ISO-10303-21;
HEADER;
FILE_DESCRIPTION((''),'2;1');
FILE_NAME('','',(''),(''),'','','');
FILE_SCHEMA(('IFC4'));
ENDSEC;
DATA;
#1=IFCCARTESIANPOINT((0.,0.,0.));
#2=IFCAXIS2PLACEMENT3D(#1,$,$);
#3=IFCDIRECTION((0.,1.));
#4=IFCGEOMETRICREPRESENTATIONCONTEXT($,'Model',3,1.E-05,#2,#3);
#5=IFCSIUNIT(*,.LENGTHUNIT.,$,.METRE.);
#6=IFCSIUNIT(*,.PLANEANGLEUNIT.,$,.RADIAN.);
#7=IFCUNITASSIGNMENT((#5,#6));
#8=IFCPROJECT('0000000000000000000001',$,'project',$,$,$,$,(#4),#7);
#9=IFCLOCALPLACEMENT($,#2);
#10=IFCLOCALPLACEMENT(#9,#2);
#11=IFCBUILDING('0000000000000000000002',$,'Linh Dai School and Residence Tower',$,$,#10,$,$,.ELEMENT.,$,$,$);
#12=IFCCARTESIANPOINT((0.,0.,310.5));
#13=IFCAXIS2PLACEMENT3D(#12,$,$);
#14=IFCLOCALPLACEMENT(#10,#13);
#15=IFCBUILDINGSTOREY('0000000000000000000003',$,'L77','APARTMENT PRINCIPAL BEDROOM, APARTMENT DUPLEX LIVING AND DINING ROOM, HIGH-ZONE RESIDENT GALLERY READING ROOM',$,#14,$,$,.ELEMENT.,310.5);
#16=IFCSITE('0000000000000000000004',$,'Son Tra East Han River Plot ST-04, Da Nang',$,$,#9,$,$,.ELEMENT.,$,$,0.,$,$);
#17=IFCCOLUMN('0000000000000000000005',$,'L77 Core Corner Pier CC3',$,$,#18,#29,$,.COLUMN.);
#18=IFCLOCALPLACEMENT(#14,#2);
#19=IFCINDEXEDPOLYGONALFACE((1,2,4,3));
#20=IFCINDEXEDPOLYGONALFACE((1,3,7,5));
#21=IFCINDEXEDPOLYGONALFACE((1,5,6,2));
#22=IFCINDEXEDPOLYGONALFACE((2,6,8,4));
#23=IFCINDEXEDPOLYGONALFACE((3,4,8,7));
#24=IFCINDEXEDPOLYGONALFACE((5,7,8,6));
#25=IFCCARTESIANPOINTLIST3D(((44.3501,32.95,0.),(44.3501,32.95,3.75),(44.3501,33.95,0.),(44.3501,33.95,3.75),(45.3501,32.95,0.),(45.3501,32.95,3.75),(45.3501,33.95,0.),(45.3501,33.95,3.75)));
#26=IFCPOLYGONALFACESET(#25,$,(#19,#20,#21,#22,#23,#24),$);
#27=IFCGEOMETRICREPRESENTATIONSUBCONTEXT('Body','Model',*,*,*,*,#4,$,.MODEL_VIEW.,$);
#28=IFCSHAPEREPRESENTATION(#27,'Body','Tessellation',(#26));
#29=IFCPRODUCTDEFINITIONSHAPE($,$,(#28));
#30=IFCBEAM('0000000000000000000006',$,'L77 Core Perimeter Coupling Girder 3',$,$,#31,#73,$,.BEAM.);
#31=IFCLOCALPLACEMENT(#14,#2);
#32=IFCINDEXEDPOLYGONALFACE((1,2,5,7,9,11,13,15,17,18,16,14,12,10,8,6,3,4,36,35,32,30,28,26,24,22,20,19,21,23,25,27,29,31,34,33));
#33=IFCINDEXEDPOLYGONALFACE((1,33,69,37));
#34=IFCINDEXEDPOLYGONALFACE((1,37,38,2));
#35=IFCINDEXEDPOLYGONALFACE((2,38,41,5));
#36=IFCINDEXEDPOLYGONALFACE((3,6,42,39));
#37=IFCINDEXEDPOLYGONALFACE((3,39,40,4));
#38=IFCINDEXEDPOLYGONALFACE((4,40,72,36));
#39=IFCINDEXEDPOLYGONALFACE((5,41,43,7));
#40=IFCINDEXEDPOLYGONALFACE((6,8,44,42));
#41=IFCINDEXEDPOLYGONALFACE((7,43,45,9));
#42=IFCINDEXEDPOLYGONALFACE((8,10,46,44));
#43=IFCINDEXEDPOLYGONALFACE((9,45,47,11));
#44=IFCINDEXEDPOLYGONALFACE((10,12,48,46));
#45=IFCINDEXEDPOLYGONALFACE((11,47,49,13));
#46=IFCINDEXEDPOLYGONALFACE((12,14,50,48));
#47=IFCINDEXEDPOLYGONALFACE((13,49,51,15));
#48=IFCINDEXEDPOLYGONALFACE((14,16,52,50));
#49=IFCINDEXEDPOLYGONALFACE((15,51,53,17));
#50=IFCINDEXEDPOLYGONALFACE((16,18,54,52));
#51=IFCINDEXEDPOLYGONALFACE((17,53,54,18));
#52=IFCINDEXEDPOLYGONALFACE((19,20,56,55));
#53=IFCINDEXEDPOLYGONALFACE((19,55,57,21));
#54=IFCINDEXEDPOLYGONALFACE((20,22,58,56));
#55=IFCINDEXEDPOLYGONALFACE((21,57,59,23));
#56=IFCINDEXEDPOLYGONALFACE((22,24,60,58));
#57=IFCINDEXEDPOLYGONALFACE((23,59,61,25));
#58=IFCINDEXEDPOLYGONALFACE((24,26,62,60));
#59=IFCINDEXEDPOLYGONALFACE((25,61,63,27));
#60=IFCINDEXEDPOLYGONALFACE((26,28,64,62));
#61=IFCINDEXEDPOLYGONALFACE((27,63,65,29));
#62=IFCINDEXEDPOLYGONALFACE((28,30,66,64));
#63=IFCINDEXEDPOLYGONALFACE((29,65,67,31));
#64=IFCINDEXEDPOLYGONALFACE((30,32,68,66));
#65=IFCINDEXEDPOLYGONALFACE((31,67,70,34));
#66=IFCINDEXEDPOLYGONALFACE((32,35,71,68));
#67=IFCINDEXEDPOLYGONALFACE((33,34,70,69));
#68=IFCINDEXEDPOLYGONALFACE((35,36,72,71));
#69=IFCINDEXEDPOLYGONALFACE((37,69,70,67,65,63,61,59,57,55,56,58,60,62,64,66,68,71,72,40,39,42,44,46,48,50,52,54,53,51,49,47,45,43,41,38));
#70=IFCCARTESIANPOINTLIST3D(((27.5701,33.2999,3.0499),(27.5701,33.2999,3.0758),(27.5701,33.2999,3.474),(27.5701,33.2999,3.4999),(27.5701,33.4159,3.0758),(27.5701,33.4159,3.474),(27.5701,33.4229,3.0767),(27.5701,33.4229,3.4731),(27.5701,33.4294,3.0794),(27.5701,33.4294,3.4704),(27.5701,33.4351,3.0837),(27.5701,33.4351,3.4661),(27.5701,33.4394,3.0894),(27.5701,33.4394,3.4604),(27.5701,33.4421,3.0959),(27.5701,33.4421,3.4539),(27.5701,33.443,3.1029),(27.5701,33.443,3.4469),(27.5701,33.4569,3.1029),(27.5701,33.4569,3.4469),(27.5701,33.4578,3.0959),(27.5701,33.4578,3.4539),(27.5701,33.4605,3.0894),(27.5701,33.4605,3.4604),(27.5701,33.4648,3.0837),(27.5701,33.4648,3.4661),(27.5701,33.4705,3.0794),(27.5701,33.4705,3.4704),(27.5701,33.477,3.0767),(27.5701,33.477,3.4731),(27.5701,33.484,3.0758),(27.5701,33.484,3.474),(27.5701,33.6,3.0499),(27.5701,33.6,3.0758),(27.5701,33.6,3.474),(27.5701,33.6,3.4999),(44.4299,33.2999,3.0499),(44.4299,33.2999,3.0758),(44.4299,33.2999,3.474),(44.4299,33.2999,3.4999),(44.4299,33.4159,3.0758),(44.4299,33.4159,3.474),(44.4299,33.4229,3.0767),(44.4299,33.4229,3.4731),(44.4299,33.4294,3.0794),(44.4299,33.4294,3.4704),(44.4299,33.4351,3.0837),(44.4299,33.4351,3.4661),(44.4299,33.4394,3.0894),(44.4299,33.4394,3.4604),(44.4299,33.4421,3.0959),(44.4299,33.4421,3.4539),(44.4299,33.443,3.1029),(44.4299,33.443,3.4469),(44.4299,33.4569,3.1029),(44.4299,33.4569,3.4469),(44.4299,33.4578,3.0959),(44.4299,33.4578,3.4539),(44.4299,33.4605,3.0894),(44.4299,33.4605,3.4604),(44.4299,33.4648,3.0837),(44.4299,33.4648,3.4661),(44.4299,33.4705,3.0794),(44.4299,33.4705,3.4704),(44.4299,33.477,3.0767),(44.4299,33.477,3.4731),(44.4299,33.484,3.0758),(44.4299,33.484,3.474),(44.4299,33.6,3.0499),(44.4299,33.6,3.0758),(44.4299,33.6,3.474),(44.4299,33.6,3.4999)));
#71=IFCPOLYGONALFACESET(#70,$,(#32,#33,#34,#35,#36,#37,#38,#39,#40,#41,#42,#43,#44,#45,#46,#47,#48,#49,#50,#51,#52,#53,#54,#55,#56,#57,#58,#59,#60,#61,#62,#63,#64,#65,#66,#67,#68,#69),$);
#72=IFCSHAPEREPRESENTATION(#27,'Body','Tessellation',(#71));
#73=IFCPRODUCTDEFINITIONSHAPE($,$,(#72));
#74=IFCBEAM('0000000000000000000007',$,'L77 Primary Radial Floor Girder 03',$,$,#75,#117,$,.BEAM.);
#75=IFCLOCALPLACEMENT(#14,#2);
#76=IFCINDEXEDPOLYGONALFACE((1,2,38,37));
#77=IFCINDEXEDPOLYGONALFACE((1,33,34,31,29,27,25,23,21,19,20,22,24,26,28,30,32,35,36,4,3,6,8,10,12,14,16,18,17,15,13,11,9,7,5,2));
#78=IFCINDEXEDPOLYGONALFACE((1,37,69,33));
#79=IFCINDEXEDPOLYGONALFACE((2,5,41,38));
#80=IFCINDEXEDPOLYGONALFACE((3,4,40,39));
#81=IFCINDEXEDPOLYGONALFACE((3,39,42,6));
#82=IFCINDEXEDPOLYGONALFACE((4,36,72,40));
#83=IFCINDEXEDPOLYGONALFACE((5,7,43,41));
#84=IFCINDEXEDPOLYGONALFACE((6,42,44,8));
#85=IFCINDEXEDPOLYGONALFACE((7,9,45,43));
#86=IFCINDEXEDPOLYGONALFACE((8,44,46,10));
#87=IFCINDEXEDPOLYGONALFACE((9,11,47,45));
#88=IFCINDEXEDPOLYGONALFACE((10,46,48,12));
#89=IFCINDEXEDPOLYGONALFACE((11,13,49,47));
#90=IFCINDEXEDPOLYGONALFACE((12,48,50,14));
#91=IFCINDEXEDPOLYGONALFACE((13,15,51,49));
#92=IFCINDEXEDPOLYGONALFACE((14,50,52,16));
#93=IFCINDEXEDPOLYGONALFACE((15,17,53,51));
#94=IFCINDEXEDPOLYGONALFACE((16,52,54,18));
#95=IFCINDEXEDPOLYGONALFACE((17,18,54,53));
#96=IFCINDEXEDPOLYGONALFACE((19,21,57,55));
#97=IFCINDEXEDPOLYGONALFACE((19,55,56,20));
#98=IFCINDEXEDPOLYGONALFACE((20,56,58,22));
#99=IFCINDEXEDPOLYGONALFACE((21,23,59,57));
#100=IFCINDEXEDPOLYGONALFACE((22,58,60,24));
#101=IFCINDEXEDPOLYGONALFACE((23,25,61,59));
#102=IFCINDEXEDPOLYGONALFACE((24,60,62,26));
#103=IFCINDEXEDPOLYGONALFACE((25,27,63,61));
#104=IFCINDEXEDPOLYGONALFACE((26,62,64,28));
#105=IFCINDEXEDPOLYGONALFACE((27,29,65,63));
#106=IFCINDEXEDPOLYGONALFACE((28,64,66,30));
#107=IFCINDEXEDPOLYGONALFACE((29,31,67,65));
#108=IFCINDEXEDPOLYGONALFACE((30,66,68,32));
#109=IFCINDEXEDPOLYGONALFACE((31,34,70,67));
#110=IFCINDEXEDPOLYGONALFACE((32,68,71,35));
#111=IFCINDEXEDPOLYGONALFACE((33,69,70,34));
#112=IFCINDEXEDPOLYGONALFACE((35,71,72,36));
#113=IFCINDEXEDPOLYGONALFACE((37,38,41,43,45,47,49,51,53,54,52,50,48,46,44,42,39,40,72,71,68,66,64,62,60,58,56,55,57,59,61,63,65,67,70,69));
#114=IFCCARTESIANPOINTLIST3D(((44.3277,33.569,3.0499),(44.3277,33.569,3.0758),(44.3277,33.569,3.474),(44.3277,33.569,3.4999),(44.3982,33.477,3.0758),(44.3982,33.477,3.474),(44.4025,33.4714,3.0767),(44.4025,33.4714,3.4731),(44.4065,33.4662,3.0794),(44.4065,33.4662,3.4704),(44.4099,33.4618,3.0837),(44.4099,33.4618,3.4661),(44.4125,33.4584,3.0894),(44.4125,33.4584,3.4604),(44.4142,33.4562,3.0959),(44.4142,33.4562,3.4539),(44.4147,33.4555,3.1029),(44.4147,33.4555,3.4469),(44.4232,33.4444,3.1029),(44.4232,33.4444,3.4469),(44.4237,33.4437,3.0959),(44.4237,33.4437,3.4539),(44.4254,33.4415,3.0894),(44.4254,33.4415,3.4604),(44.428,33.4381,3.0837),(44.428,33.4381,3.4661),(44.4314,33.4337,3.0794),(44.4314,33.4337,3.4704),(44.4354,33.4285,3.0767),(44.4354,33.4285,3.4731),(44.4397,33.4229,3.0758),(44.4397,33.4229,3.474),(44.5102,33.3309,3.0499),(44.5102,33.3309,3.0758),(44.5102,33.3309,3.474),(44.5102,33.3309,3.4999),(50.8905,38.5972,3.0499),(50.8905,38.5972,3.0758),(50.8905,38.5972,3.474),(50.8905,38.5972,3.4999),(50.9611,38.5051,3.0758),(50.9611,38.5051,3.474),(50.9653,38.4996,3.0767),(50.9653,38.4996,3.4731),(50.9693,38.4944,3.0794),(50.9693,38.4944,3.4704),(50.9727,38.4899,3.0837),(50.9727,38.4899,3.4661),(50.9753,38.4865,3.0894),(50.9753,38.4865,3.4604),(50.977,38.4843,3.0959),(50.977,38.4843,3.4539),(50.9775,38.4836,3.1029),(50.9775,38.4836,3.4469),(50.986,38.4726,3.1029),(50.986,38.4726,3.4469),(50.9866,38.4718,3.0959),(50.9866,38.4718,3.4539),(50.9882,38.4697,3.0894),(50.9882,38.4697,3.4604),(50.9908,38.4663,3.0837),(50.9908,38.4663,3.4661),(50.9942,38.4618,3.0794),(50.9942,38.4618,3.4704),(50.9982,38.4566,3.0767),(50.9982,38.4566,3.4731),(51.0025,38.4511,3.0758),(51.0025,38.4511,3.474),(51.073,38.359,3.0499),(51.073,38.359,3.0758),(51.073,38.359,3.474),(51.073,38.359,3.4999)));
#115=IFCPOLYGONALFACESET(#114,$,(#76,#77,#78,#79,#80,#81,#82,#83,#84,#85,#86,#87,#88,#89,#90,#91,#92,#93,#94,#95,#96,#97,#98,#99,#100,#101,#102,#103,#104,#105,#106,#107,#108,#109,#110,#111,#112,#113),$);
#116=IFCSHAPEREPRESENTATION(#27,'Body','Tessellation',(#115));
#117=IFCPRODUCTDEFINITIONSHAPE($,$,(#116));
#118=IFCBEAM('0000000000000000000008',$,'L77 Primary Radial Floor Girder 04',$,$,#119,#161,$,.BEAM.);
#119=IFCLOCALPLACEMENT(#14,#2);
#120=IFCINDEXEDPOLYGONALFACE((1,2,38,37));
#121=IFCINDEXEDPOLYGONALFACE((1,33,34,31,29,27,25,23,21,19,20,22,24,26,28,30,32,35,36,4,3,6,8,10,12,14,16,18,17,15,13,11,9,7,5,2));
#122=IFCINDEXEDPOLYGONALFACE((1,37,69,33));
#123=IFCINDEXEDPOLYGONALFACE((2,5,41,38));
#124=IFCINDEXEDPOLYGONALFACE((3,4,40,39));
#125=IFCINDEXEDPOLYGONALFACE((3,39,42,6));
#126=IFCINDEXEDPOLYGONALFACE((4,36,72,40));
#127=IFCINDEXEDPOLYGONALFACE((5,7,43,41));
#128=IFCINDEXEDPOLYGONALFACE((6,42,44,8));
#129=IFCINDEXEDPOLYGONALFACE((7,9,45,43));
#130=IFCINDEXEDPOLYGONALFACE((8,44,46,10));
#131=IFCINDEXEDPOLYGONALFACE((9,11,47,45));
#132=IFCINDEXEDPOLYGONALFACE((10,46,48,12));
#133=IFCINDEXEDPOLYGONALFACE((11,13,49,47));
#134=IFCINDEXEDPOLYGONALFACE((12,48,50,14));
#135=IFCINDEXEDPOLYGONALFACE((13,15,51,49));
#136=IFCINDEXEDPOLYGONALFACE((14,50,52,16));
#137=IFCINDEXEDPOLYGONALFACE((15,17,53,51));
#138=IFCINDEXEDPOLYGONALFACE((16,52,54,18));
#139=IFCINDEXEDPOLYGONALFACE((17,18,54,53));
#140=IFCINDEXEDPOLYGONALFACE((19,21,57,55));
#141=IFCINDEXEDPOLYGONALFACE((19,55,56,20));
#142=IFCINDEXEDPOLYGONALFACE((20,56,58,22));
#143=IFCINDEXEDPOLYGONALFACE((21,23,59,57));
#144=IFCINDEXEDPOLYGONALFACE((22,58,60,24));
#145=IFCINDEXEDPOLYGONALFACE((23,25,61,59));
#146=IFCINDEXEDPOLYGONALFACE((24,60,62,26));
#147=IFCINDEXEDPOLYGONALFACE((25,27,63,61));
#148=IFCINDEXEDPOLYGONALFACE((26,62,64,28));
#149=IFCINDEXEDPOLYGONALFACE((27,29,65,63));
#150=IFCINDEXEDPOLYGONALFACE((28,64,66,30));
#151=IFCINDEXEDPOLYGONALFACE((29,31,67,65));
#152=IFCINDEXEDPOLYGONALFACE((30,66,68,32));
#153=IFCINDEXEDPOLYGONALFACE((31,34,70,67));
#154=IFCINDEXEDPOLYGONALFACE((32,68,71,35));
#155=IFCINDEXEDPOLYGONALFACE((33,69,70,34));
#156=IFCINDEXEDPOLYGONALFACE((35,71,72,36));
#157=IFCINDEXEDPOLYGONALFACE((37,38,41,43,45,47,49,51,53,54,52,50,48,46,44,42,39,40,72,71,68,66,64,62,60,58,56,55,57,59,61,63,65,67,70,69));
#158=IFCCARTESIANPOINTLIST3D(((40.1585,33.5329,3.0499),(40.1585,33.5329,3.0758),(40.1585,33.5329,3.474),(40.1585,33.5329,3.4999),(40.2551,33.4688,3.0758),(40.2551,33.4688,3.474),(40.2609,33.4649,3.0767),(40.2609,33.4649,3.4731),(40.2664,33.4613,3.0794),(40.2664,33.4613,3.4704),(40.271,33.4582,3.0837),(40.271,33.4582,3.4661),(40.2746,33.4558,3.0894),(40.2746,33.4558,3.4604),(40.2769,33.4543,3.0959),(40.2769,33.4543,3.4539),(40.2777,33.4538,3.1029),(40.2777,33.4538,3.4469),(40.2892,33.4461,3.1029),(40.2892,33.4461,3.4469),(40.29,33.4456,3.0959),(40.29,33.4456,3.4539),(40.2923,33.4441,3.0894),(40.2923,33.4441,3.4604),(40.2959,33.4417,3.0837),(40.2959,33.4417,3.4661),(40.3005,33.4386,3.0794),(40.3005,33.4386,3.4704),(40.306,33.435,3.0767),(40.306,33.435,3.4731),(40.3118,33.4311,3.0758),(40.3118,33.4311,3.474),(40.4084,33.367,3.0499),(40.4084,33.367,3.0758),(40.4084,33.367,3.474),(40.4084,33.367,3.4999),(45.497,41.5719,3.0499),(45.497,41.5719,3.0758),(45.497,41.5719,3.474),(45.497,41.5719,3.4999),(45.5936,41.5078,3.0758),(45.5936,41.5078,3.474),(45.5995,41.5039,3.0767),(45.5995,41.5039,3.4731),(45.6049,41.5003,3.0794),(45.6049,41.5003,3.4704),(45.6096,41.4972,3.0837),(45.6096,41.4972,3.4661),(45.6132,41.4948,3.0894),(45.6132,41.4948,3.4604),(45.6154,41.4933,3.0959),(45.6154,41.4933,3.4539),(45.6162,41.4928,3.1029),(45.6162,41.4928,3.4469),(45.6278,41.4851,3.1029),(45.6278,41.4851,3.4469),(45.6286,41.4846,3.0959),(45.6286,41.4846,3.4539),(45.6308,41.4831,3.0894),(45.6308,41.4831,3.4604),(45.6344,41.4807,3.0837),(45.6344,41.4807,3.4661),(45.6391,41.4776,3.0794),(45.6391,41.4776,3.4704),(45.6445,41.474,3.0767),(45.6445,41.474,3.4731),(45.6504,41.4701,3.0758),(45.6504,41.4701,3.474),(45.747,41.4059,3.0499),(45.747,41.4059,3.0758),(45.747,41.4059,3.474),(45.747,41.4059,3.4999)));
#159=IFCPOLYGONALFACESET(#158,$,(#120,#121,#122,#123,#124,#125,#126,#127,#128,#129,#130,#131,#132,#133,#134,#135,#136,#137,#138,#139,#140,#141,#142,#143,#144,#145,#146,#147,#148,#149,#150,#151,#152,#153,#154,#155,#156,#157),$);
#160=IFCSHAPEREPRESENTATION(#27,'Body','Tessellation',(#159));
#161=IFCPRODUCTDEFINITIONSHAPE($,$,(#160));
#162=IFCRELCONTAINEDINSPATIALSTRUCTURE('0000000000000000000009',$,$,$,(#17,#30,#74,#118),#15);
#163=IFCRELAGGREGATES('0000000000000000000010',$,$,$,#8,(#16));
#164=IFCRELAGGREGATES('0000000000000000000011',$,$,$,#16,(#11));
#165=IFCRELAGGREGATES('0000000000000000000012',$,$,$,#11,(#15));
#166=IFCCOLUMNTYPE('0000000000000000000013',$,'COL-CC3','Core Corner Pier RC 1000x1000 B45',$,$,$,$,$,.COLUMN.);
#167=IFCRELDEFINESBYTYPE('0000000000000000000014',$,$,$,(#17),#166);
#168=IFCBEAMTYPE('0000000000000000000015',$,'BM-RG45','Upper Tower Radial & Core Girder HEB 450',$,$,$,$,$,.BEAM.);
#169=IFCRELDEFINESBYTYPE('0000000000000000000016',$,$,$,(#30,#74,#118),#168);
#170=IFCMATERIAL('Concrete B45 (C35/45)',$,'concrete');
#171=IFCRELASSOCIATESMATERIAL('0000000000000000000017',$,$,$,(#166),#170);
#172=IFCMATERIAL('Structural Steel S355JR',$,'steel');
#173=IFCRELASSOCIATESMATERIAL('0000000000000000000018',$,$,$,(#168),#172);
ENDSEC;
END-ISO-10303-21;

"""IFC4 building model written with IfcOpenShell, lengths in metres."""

from ifc_helpers import new_model, si_unit, direction, frame, origin, origin_2d, place, context, subcontext, project, spatial, rectangle, i_section, extrude, material, material_profile, profile_set, type_object, element, save


model = new_model("IFC4")

# Units and contexts
model_context = context("Model", 3, precision=1e-05, world=origin(), true_north=direction((0.0, 1.0)))
body_context = subcontext(model_context, "Body", "Model", "MODEL_VIEW")
ifc_project = project(units=[si_unit("LENGTHUNIT", "METRE"), si_unit("PLANEANGLEUNIT", "RADIAN")], contexts=[model_context])

# Site, building, storey
site_placement = place(None, origin())
site = spatial("IfcSite", under=ifc_project, at=site_placement, Name="Son Tra East Han River Plot ST-04, Da Nang", CompositionType="ELEMENT", RefElevation=0.0)
building_placement = place(site_placement, origin())
building = spatial("IfcBuilding", under=site, at=building_placement, Name="Linh Dai School and Residence Tower", CompositionType="ELEMENT")
storey_placement = place(building_placement, frame((0.0, 0.0, 310.5)))
storey = spatial("IfcBuildingStorey", under=building, at=storey_placement, Name="L77", Description="APARTMENT PRINCIPAL BEDROOM, APARTMENT DUPLEX LIVING AND DINING ROOM, HIGH-ZONE RESIDENT GALLERY READING ROOM", CompositionType="ELEMENT", Elevation=310.5)

# Column
ifc_material_1 = material(Name="Concrete B45 (C35/45)", Category="concrete")
ifc_material_profile_1 = material_profile(ifc_material_1, rectangle(XDim=1.0, YDim=1.0, at=origin_2d()), Name="RC 1000x1000")
ifc_profile_set_1 = profile_set([ifc_material_profile_1], Name="Concrete B45 (C35/45)")
column_type = type_object("IfcColumnType", Name="COL-CC3", Description="Core Corner Pier RC 1000x1000 B45", PredefinedType="COLUMN", material=ifc_profile_set_1)
column_placement = place(storey_placement, frame((44.8501, 33.45, 0.0), z_axis=(0.0, 0.0, 1.0), x_axis=(1.0, 0.0, 0.0)))
element("IfcColumn", 1, at=column_placement, inside=storey, type_object=column_type, Name="L77 Core Corner Pier CC3", PredefinedType="COLUMN", context=body_context, shape_type="SweptSolid", body=[
    extrude(rectangle(XDim=1.0, YDim=1.0, at=origin_2d()), origin(), (0.0, 0.0, 1.0), 3.75),
])

# Beams
ifc_material_2 = material(Name="Structural Steel S355JR", Category="steel")
ifc_material_profile_2 = material_profile(ifc_material_2, i_section(OverallWidth=0.3, OverallDepth=0.45, WebThickness=0.0139, FlangeThickness=0.0259, FilletRadius=0.0271, at=origin_2d()), Name="HEB 450")
ifc_profile_set_2 = profile_set([ifc_material_profile_2], Name="Structural Steel S355JR")
beam_type_1 = type_object("IfcBeamType", Name="BM-RG45", Description="Upper Tower Radial & Core Girder HEB 450", PredefinedType="BEAM", material=ifc_profile_set_2)
beam_1_placement = place(storey_placement, frame((44.4299, 33.45, 3.2749), z_axis=(-1.0, 0.0, 0.0), x_axis=(0.0, -1.0, 0.0)))
element("IfcBeam", 2, at=beam_1_placement, inside=storey, type_object=beam_type_1, Name="L77 Core Perimeter Coupling Girder 3", PredefinedType="BEAM", context=body_context, shape_type="SweptSolid", body=[
    extrude(i_section(OverallWidth=0.3, OverallDepth=0.45, WebThickness=0.0139, FlangeThickness=0.0259, FilletRadius=0.0271, at=origin_2d()), origin(), (0.0, 0.0, 1.0), 16.8599),
])
beam_2_placement = place(storey_placement, frame((44.4189, 33.45, 3.2749), z_axis=(0.793803, 0.608175, 0.0), x_axis=(-0.608175, 0.793803, 0.0)))
element("IfcBeam", 3, at=beam_2_placement, inside=storey, type_object=beam_type_1, Name="L77 Primary Radial Floor Girder 03", PredefinedType="BEAM", context=body_context, shape_type="SweptSolid", body=[
    extrude(i_section(OverallWidth=0.3, OverallDepth=0.45, WebThickness=0.0139, FlangeThickness=0.0259, FilletRadius=0.0271, at=origin_2d()), origin(), (0.0, 0.0, 1.0), 8.2676),
])
beam_3_placement = place(storey_placement, frame((40.2834, 33.45, 3.2749), z_axis=(0.553211, 0.833041, 0.0), x_axis=(-0.833041, 0.553211, 0.0)))
element("IfcBeam", 4, at=beam_3_placement, inside=storey, type_object=beam_type_1, Name="L77 Primary Radial Floor Girder 04", PredefinedType="BEAM", context=body_context, shape_type="SweptSolid", body=[
    extrude(i_section(OverallWidth=0.3, OverallDepth=0.45, WebThickness=0.0139, FlangeThickness=0.0259, FilletRadius=0.0271, at=origin_2d()), origin(), (0.0, 0.0, 1.0), 9.6501),
])

save(model, "model.ifc")
